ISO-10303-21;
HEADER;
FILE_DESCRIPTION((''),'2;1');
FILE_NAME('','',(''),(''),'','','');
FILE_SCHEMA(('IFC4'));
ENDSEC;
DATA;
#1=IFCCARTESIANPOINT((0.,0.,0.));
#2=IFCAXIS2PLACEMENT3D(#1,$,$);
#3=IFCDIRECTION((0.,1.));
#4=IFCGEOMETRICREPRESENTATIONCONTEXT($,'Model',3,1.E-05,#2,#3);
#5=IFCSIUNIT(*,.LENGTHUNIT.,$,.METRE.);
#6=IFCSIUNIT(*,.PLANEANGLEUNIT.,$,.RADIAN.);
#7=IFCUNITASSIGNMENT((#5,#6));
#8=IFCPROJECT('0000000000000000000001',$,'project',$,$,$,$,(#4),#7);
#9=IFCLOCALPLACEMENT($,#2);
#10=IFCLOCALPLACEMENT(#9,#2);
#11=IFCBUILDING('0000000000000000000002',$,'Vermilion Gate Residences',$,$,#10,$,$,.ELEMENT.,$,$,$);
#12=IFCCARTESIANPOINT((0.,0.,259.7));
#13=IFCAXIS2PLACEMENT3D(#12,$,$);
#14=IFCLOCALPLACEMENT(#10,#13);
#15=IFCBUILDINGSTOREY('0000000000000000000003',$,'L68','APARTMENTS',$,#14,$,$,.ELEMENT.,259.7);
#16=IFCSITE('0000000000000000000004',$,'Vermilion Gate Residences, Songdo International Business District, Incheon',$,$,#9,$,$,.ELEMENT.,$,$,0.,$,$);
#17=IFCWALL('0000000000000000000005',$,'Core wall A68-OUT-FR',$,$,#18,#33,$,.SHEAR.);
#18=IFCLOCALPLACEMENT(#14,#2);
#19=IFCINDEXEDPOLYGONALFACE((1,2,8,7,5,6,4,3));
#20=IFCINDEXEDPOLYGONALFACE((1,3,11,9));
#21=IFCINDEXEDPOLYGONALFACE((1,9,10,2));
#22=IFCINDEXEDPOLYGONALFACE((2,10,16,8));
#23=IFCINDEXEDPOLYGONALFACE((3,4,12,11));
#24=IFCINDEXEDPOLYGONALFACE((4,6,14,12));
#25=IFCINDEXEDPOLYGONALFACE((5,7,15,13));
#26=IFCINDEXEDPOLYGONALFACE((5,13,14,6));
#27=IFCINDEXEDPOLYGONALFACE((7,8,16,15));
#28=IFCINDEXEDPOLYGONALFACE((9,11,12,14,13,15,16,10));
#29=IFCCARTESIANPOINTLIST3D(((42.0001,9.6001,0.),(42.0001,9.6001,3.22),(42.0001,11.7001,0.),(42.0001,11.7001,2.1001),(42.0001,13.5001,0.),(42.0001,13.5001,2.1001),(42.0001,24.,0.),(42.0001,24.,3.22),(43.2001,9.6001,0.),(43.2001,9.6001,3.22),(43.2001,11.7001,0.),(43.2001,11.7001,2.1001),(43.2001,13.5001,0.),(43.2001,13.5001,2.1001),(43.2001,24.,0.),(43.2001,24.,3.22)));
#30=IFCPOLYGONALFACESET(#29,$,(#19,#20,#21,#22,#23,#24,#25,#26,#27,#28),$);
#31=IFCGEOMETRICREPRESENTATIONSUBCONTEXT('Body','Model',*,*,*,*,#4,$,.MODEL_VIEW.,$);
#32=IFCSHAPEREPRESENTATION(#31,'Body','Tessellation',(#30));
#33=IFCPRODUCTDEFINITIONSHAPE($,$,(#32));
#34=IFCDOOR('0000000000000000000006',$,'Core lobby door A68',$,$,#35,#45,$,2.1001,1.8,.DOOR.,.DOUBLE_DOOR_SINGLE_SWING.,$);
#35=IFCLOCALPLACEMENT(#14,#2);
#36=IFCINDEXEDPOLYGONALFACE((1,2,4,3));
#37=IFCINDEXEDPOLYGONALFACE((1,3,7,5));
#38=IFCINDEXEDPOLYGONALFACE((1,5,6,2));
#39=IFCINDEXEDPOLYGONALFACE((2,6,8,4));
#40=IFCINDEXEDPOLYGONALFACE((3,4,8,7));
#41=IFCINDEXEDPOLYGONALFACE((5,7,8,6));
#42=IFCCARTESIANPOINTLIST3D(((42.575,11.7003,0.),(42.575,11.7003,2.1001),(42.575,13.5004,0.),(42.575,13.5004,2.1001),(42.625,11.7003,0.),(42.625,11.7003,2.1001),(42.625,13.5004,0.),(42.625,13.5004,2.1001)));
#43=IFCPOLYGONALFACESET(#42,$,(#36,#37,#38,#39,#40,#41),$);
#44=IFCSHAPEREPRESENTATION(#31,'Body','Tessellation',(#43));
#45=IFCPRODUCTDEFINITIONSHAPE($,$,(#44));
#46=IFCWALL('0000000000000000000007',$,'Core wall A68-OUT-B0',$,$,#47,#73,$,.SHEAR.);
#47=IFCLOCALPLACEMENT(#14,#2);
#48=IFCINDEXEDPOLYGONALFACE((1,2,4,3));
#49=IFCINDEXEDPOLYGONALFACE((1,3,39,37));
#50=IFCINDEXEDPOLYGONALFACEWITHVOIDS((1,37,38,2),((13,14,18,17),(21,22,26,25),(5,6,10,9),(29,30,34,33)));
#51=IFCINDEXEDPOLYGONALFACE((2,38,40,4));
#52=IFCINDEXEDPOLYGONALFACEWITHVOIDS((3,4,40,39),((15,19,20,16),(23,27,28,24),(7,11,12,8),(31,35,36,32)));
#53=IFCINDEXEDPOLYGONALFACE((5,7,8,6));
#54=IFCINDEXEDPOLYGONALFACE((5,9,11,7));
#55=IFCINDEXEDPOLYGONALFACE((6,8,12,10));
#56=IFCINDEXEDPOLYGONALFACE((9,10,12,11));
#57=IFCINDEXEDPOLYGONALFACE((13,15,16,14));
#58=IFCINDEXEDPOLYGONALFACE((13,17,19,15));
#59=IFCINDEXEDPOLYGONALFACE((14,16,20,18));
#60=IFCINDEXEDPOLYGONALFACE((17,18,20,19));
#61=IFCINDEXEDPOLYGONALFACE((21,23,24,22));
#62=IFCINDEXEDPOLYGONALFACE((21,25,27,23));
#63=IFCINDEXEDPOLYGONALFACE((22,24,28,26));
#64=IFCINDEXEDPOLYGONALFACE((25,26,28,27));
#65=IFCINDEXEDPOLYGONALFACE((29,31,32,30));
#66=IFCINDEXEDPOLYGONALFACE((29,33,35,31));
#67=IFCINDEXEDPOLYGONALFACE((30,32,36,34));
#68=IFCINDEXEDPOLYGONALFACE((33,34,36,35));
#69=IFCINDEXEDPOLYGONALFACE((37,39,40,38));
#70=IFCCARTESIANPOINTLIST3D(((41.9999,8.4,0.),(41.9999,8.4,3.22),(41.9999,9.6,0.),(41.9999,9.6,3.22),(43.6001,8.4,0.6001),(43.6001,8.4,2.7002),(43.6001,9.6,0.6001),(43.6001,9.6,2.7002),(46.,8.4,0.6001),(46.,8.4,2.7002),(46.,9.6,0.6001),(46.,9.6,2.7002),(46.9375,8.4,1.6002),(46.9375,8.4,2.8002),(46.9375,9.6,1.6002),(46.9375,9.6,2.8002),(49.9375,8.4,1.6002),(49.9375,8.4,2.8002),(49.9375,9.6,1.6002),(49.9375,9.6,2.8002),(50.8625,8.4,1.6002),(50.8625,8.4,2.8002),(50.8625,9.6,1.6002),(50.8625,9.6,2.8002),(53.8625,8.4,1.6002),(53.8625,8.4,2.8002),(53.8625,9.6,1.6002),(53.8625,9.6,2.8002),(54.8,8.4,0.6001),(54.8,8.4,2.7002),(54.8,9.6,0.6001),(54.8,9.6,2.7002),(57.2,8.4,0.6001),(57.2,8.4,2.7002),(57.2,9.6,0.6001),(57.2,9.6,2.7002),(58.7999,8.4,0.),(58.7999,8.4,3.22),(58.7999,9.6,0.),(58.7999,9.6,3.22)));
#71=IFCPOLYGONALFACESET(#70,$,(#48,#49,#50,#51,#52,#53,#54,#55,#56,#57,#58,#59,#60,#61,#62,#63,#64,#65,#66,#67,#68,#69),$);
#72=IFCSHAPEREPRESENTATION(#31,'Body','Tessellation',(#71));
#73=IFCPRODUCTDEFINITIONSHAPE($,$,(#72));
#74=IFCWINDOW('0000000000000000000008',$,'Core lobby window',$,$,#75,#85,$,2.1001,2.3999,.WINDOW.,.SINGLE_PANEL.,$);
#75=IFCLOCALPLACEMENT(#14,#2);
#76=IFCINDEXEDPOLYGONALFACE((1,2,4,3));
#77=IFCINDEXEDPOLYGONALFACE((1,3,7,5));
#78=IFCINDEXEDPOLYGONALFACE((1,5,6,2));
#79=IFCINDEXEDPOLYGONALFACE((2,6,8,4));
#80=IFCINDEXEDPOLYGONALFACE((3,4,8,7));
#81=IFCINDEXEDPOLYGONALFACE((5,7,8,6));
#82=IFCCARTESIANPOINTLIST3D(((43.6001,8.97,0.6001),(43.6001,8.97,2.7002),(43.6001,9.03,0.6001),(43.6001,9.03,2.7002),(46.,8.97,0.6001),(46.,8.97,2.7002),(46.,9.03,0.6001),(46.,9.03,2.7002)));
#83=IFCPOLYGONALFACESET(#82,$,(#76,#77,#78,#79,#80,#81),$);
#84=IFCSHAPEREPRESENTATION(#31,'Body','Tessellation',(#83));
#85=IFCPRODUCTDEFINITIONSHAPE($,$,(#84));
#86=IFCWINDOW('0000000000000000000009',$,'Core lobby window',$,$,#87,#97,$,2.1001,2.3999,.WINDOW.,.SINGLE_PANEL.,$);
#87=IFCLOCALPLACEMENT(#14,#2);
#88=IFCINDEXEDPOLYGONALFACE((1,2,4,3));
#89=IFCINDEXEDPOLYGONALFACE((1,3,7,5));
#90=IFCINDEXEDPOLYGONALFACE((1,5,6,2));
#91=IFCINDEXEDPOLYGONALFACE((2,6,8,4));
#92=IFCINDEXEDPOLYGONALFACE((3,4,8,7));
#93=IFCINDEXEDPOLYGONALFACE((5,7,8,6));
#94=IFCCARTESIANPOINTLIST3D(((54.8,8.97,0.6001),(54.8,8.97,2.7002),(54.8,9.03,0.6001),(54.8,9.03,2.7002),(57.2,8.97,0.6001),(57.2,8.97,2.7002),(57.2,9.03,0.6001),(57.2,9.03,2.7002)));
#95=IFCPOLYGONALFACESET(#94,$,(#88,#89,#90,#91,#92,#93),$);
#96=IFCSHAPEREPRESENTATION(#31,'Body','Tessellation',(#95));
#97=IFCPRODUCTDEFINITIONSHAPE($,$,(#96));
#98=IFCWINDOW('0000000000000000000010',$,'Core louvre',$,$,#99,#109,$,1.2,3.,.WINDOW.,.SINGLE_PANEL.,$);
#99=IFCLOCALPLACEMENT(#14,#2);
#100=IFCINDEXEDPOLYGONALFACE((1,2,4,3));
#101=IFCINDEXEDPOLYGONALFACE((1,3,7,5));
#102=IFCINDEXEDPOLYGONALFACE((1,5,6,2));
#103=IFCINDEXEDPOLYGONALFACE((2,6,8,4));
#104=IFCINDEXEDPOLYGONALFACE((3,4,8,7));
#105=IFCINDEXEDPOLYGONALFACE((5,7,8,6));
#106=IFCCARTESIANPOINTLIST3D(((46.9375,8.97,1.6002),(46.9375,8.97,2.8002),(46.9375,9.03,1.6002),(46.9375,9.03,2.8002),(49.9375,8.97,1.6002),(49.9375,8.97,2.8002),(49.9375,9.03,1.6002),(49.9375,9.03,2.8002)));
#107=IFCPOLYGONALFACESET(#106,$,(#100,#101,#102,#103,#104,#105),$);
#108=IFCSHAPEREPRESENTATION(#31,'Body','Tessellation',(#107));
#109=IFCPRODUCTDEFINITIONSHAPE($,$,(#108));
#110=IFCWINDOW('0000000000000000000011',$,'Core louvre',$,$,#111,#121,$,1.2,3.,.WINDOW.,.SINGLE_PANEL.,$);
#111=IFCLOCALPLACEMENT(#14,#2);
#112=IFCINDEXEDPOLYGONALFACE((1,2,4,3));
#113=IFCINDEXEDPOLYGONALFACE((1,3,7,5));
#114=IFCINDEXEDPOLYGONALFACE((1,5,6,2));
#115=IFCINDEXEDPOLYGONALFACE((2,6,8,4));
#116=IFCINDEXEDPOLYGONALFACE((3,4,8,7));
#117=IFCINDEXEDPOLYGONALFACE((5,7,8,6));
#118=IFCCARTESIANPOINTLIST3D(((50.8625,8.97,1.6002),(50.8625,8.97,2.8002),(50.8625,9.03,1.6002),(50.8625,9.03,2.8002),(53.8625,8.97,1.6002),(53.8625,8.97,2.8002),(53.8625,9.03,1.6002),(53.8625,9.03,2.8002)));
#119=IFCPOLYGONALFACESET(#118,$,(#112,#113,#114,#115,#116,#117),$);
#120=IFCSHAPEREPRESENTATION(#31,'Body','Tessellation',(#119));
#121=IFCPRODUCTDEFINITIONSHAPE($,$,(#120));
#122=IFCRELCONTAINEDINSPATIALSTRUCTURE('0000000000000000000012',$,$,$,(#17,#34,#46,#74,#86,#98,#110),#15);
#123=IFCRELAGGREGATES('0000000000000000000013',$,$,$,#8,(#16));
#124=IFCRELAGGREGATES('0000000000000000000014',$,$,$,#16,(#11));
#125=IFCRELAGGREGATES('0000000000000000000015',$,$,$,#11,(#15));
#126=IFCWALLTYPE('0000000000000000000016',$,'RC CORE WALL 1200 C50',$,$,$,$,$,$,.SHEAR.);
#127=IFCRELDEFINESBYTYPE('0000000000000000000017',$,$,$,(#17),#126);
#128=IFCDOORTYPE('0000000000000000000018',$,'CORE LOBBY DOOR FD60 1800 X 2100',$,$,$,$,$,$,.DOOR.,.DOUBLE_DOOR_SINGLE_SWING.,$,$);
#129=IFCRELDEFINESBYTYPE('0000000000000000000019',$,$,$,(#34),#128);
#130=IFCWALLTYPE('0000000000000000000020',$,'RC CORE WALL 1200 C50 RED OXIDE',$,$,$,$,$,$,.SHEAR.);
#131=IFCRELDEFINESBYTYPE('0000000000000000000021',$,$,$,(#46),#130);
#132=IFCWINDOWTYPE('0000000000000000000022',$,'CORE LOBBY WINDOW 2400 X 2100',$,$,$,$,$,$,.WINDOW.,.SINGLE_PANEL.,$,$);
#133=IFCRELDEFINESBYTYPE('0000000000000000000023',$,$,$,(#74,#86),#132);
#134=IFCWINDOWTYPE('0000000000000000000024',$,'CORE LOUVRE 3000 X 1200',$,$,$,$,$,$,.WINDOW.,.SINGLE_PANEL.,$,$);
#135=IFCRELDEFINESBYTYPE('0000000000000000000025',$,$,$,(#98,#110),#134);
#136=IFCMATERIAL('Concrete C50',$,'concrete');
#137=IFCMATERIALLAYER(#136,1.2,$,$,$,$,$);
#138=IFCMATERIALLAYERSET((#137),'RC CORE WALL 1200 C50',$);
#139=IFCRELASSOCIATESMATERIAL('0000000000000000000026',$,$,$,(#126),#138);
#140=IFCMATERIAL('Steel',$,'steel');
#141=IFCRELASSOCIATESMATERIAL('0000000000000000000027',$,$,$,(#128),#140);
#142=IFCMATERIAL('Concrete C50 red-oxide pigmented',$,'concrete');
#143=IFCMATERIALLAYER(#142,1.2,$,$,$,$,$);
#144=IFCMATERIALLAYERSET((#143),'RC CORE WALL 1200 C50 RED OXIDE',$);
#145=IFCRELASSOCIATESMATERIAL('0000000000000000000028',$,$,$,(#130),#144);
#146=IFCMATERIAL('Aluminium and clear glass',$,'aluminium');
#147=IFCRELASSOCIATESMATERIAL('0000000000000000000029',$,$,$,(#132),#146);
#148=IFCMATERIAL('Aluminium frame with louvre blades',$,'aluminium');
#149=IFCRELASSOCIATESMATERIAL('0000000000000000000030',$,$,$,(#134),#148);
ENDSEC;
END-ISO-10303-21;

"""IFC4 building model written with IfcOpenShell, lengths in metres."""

from ifc_helpers import new_model, si_unit, direction, frame, frame_2d, origin, place, context, subcontext, project, spatial, rectangle, extrude, material, layer, layer_set, type_object, element, fill, save


model = new_model("IFC4")

# Units and contexts
model_context = context("Model", 3, precision=1e-05, world=origin(), true_north=direction((0.0, 1.0)))
body_context = subcontext(model_context, "Body", "Model", "MODEL_VIEW")
ifc_project = project(units=[si_unit("LENGTHUNIT", "METRE"), si_unit("PLANEANGLEUNIT", "RADIAN")], contexts=[model_context])

# Site, building, storey
site_placement = place(None, origin())
site = spatial("IfcSite", under=ifc_project, at=site_placement, Name="Vermilion Gate Residences, Songdo International Business District, Incheon", CompositionType="ELEMENT", RefElevation=0.0)
building_placement = place(site_placement, origin())
building = spatial("IfcBuilding", under=site, at=building_placement, Name="Vermilion Gate Residences", CompositionType="ELEMENT")
storey_placement = place(building_placement, frame((0.0, 0.0, 259.7)))
storey = spatial("IfcBuildingStorey", under=building, at=storey_placement, Name="L68", Description="APARTMENTS", CompositionType="ELEMENT", Elevation=259.7)

# Wall, opening, door
ifc_material_1 = material(Name="Concrete C50", Category="concrete")
ifc_layer_1 = layer(ifc_material_1, 1.2)
ifc_layer_set_1 = layer_set([ifc_layer_1], Name="RC CORE WALL 1200 C50")
wall_type_1 = type_object("IfcWallType", Name="RC CORE WALL 1200 C50", PredefinedType="SHEAR", material=ifc_layer_set_1)
wall_1_placement = place(storey_placement, frame((42.6001, 9.6001, 0.0), z_axis=(0.0, 0.0, 1.0), x_axis=(0.0, 1.0, 0.0)))
wall_1 = element("IfcWall", 1, at=wall_1_placement, inside=storey, type_object=wall_type_1, Name="Core wall A68-OUT-FR", PredefinedType="SHEAR", context=body_context, shape_type="SweptSolid", body=[
    extrude(rectangle(XDim=14.3999, YDim=1.2, at=frame_2d((7.2, 0.0))), origin(), (0.0, 0.0, 1.0), 3.22),
])
opening_1_placement = place(wall_1_placement, frame((2.1001, 0.0, 0.0)))
opening_1 = element("IfcOpeningElement", 2, at=opening_1_placement, cuts=wall_1, PredefinedType="OPENING", context=body_context, shape_type="SweptSolid", body=[
    extrude(rectangle(XDim=1.8, YDim=2.1001, at=frame_2d((0.8999, 1.05))), frame((0.0, 0.6099, 0.0), z_axis=(0.0, -1.0, 0.0), x_axis=(1.0, 0.0, 0.0)), (0.0, 0.0, 1.0), 1.22),
])
ifc_material_2 = material(Name="Steel", Category="steel")
door_type_1 = type_object("IfcDoorType", Name="CORE LOBBY DOOR FD60 1800 X 2100", OperationType="DOUBLE_DOOR_SINGLE_SWING", PredefinedType="DOOR", material=ifc_material_2)
door_1_placement = place(opening_1_placement, frame((1.8, 0.0, 0.0), z_axis=(0.0, 0.0, 1.0), x_axis=(-1.0, 0.0, 0.0)))
door_1 = element("IfcDoor", 3, at=door_1_placement, inside=storey, type_object=door_type_1, Name="Core lobby door A68", OperationType="DOUBLE_DOOR_SINGLE_SWING", OverallHeight=2.1001, OverallWidth=1.8, PredefinedType="DOOR", context=body_context, shape_type="SweptSolid", body=[
    extrude(rectangle(XDim=1.8, YDim=2.1001, at=frame_2d((0.8999, 1.05))), frame((0.0, 0.0249, 0.0), z_axis=(0.0, -1.0, 0.0), x_axis=(1.0, 0.0, 0.0)), (0.0, 0.0, 1.0), 0.05),
])
fill(opening_1, door_1)

# Wall, openings, windows
ifc_material_3 = material(Name="Concrete C50 red-oxide pigmented", Category="concrete")
ifc_layer_2 = layer(ifc_material_3, 1.2)
ifc_layer_set_2 = layer_set([ifc_layer_2], Name="RC CORE WALL 1200 C50 RED OXIDE")
wall_type_2 = type_object("IfcWallType", Name="RC CORE WALL 1200 C50 RED OXIDE", PredefinedType="SHEAR", material=ifc_layer_set_2)
wall_2_placement = place(storey_placement, frame((42.0, 9.0, 0.0), z_axis=(0.0, 0.0, 1.0), x_axis=(1.0, 0.0, 0.0)))
wall_2 = element("IfcWall", 4, at=wall_2_placement, inside=storey, type_object=wall_type_2, Name="Core wall A68-OUT-B0", PredefinedType="SHEAR", context=body_context, shape_type="SweptSolid", body=[
    extrude(rectangle(XDim=16.8, YDim=1.2, at=frame_2d((8.3999, 0.0))), origin(), (0.0, 0.0, 1.0), 3.22),
])
opening_2_placement = place(wall_2_placement, frame((1.6001, 0.0, 0.6001)))
opening_2 = element("IfcOpeningElement", 5, at=opening_2_placement, cuts=wall_2, PredefinedType="OPENING", context=body_context, shape_type="SweptSolid", body=[
    extrude(rectangle(XDim=2.3999, YDim=2.1001, at=frame_2d((1.2, 1.05))), frame((0.0, 0.6099, 0.0), z_axis=(0.0, -1.0, 0.0), x_axis=(1.0, 0.0, 0.0)), (0.0, 0.0, 1.0), 1.22),
])
opening_3_placement = place(wall_2_placement, frame((4.9375, 0.0, 1.6001)))
opening_3 = element("IfcOpeningElement", 6, at=opening_3_placement, cuts=wall_2, PredefinedType="OPENING", context=body_context, shape_type="SweptSolid", body=[
    extrude(rectangle(XDim=3.0, YDim=1.2, at=frame_2d((1.5, 0.6001))), frame((0.0, 0.6099, 0.0), z_axis=(0.0, -1.0, 0.0), x_axis=(1.0, 0.0, 0.0)), (0.0, 0.0, 1.0), 1.22),
])
opening_4_placement = place(wall_2_placement, frame((8.8625, 0.0, 1.6001)))
opening_4 = element("IfcOpeningElement", 7, at=opening_4_placement, cuts=wall_2, PredefinedType="OPENING", context=body_context, shape_type="SweptSolid", body=[
    extrude(rectangle(XDim=3.0, YDim=1.2, at=frame_2d((1.5, 0.6001))), frame((0.0, 0.6099, 0.0), z_axis=(0.0, -1.0, 0.0), x_axis=(1.0, 0.0, 0.0)), (0.0, 0.0, 1.0), 1.22),
])
opening_5_placement = place(wall_2_placement, frame((12.8, 0.0, 0.6001)))
opening_5 = element("IfcOpeningElement", 8, at=opening_5_placement, cuts=wall_2, PredefinedType="OPENING", context=body_context, shape_type="SweptSolid", body=[
    extrude(rectangle(XDim=2.3999, YDim=2.1001, at=frame_2d((1.2, 1.05))), frame((0.0, 0.6099, 0.0), z_axis=(0.0, -1.0, 0.0), x_axis=(1.0, 0.0, 0.0)), (0.0, 0.0, 1.0), 1.22),
])
ifc_material_4 = material(Name="Aluminium and clear glass", Category="aluminium")
window_type_1 = type_object("IfcWindowType", Name="CORE LOBBY WINDOW 2400 X 2100", PartitioningType="SINGLE_PANEL", PredefinedType="WINDOW", material=ifc_material_4)
window_1_placement = place(opening_2_placement, origin())
window_1 = element("IfcWindow", 9, at=window_1_placement, inside=storey, type_object=window_type_1, Name="Core lobby window", OverallHeight=2.1001, OverallWidth=2.3999, PartitioningType="SINGLE_PANEL", PredefinedType="WINDOW", context=body_context, shape_type="SweptSolid", body=[
    extrude(rectangle(XDim=2.3999, YDim=2.1001, at=frame_2d((1.2, 1.05))), frame((0.0, 0.03, 0.0), z_axis=(0.0, -1.0, 0.0), x_axis=(1.0, 0.0, 0.0)), (0.0, 0.0, 1.0), 0.0601),
])
fill(opening_2, window_1)
window_2_placement = place(opening_5_placement, origin())
window_2 = element("IfcWindow", 10, at=window_2_placement, inside=storey, type_object=window_type_1, Name="Core lobby window", OverallHeight=2.1001, OverallWidth=2.3999, PartitioningType="SINGLE_PANEL", PredefinedType="WINDOW", context=body_context, shape_type="SweptSolid", body=[
    extrude(rectangle(XDim=2.3999, YDim=2.1001, at=frame_2d((1.2, 1.05))), frame((0.0, 0.03, 0.0), z_axis=(0.0, -1.0, 0.0), x_axis=(1.0, 0.0, 0.0)), (0.0, 0.0, 1.0), 0.0601),
])
fill(opening_5, window_2)
ifc_material_5 = material(Name="Aluminium frame with louvre blades", Category="aluminium")
window_type_2 = type_object("IfcWindowType", Name="CORE LOUVRE 3000 X 1200", PartitioningType="SINGLE_PANEL", PredefinedType="WINDOW", material=ifc_material_5)
window_3_placement = place(opening_3_placement, origin())
window_3 = element("IfcWindow", 11, at=window_3_placement, inside=storey, type_object=window_type_2, Name="Core louvre", OverallHeight=1.2, OverallWidth=3.0, PartitioningType="SINGLE_PANEL", PredefinedType="WINDOW", context=body_context, shape_type="SweptSolid", body=[
    extrude(rectangle(XDim=3.0, YDim=1.2, at=frame_2d((1.5, 0.6001))), frame((0.0, 0.03, 0.0), z_axis=(0.0, -1.0, 0.0), x_axis=(1.0, 0.0, 0.0)), (0.0, 0.0, 1.0), 0.0601),
])
fill(opening_3, window_3)
window_4_placement = place(opening_4_placement, origin())
window_4 = element("IfcWindow", 12, at=window_4_placement, inside=storey, type_object=window_type_2, Name="Core louvre", OverallHeight=1.2, OverallWidth=3.0, PartitioningType="SINGLE_PANEL", PredefinedType="WINDOW", context=body_context, shape_type="SweptSolid", body=[
    extrude(rectangle(XDim=3.0, YDim=1.2, at=frame_2d((1.5, 0.6001))), frame((0.0, 0.03, 0.0), z_axis=(0.0, -1.0, 0.0), x_axis=(1.0, 0.0, 0.0)), (0.0, 0.0, 1.0), 0.0601),
])
fill(opening_4, window_4)

save(model, "model.ifc")
